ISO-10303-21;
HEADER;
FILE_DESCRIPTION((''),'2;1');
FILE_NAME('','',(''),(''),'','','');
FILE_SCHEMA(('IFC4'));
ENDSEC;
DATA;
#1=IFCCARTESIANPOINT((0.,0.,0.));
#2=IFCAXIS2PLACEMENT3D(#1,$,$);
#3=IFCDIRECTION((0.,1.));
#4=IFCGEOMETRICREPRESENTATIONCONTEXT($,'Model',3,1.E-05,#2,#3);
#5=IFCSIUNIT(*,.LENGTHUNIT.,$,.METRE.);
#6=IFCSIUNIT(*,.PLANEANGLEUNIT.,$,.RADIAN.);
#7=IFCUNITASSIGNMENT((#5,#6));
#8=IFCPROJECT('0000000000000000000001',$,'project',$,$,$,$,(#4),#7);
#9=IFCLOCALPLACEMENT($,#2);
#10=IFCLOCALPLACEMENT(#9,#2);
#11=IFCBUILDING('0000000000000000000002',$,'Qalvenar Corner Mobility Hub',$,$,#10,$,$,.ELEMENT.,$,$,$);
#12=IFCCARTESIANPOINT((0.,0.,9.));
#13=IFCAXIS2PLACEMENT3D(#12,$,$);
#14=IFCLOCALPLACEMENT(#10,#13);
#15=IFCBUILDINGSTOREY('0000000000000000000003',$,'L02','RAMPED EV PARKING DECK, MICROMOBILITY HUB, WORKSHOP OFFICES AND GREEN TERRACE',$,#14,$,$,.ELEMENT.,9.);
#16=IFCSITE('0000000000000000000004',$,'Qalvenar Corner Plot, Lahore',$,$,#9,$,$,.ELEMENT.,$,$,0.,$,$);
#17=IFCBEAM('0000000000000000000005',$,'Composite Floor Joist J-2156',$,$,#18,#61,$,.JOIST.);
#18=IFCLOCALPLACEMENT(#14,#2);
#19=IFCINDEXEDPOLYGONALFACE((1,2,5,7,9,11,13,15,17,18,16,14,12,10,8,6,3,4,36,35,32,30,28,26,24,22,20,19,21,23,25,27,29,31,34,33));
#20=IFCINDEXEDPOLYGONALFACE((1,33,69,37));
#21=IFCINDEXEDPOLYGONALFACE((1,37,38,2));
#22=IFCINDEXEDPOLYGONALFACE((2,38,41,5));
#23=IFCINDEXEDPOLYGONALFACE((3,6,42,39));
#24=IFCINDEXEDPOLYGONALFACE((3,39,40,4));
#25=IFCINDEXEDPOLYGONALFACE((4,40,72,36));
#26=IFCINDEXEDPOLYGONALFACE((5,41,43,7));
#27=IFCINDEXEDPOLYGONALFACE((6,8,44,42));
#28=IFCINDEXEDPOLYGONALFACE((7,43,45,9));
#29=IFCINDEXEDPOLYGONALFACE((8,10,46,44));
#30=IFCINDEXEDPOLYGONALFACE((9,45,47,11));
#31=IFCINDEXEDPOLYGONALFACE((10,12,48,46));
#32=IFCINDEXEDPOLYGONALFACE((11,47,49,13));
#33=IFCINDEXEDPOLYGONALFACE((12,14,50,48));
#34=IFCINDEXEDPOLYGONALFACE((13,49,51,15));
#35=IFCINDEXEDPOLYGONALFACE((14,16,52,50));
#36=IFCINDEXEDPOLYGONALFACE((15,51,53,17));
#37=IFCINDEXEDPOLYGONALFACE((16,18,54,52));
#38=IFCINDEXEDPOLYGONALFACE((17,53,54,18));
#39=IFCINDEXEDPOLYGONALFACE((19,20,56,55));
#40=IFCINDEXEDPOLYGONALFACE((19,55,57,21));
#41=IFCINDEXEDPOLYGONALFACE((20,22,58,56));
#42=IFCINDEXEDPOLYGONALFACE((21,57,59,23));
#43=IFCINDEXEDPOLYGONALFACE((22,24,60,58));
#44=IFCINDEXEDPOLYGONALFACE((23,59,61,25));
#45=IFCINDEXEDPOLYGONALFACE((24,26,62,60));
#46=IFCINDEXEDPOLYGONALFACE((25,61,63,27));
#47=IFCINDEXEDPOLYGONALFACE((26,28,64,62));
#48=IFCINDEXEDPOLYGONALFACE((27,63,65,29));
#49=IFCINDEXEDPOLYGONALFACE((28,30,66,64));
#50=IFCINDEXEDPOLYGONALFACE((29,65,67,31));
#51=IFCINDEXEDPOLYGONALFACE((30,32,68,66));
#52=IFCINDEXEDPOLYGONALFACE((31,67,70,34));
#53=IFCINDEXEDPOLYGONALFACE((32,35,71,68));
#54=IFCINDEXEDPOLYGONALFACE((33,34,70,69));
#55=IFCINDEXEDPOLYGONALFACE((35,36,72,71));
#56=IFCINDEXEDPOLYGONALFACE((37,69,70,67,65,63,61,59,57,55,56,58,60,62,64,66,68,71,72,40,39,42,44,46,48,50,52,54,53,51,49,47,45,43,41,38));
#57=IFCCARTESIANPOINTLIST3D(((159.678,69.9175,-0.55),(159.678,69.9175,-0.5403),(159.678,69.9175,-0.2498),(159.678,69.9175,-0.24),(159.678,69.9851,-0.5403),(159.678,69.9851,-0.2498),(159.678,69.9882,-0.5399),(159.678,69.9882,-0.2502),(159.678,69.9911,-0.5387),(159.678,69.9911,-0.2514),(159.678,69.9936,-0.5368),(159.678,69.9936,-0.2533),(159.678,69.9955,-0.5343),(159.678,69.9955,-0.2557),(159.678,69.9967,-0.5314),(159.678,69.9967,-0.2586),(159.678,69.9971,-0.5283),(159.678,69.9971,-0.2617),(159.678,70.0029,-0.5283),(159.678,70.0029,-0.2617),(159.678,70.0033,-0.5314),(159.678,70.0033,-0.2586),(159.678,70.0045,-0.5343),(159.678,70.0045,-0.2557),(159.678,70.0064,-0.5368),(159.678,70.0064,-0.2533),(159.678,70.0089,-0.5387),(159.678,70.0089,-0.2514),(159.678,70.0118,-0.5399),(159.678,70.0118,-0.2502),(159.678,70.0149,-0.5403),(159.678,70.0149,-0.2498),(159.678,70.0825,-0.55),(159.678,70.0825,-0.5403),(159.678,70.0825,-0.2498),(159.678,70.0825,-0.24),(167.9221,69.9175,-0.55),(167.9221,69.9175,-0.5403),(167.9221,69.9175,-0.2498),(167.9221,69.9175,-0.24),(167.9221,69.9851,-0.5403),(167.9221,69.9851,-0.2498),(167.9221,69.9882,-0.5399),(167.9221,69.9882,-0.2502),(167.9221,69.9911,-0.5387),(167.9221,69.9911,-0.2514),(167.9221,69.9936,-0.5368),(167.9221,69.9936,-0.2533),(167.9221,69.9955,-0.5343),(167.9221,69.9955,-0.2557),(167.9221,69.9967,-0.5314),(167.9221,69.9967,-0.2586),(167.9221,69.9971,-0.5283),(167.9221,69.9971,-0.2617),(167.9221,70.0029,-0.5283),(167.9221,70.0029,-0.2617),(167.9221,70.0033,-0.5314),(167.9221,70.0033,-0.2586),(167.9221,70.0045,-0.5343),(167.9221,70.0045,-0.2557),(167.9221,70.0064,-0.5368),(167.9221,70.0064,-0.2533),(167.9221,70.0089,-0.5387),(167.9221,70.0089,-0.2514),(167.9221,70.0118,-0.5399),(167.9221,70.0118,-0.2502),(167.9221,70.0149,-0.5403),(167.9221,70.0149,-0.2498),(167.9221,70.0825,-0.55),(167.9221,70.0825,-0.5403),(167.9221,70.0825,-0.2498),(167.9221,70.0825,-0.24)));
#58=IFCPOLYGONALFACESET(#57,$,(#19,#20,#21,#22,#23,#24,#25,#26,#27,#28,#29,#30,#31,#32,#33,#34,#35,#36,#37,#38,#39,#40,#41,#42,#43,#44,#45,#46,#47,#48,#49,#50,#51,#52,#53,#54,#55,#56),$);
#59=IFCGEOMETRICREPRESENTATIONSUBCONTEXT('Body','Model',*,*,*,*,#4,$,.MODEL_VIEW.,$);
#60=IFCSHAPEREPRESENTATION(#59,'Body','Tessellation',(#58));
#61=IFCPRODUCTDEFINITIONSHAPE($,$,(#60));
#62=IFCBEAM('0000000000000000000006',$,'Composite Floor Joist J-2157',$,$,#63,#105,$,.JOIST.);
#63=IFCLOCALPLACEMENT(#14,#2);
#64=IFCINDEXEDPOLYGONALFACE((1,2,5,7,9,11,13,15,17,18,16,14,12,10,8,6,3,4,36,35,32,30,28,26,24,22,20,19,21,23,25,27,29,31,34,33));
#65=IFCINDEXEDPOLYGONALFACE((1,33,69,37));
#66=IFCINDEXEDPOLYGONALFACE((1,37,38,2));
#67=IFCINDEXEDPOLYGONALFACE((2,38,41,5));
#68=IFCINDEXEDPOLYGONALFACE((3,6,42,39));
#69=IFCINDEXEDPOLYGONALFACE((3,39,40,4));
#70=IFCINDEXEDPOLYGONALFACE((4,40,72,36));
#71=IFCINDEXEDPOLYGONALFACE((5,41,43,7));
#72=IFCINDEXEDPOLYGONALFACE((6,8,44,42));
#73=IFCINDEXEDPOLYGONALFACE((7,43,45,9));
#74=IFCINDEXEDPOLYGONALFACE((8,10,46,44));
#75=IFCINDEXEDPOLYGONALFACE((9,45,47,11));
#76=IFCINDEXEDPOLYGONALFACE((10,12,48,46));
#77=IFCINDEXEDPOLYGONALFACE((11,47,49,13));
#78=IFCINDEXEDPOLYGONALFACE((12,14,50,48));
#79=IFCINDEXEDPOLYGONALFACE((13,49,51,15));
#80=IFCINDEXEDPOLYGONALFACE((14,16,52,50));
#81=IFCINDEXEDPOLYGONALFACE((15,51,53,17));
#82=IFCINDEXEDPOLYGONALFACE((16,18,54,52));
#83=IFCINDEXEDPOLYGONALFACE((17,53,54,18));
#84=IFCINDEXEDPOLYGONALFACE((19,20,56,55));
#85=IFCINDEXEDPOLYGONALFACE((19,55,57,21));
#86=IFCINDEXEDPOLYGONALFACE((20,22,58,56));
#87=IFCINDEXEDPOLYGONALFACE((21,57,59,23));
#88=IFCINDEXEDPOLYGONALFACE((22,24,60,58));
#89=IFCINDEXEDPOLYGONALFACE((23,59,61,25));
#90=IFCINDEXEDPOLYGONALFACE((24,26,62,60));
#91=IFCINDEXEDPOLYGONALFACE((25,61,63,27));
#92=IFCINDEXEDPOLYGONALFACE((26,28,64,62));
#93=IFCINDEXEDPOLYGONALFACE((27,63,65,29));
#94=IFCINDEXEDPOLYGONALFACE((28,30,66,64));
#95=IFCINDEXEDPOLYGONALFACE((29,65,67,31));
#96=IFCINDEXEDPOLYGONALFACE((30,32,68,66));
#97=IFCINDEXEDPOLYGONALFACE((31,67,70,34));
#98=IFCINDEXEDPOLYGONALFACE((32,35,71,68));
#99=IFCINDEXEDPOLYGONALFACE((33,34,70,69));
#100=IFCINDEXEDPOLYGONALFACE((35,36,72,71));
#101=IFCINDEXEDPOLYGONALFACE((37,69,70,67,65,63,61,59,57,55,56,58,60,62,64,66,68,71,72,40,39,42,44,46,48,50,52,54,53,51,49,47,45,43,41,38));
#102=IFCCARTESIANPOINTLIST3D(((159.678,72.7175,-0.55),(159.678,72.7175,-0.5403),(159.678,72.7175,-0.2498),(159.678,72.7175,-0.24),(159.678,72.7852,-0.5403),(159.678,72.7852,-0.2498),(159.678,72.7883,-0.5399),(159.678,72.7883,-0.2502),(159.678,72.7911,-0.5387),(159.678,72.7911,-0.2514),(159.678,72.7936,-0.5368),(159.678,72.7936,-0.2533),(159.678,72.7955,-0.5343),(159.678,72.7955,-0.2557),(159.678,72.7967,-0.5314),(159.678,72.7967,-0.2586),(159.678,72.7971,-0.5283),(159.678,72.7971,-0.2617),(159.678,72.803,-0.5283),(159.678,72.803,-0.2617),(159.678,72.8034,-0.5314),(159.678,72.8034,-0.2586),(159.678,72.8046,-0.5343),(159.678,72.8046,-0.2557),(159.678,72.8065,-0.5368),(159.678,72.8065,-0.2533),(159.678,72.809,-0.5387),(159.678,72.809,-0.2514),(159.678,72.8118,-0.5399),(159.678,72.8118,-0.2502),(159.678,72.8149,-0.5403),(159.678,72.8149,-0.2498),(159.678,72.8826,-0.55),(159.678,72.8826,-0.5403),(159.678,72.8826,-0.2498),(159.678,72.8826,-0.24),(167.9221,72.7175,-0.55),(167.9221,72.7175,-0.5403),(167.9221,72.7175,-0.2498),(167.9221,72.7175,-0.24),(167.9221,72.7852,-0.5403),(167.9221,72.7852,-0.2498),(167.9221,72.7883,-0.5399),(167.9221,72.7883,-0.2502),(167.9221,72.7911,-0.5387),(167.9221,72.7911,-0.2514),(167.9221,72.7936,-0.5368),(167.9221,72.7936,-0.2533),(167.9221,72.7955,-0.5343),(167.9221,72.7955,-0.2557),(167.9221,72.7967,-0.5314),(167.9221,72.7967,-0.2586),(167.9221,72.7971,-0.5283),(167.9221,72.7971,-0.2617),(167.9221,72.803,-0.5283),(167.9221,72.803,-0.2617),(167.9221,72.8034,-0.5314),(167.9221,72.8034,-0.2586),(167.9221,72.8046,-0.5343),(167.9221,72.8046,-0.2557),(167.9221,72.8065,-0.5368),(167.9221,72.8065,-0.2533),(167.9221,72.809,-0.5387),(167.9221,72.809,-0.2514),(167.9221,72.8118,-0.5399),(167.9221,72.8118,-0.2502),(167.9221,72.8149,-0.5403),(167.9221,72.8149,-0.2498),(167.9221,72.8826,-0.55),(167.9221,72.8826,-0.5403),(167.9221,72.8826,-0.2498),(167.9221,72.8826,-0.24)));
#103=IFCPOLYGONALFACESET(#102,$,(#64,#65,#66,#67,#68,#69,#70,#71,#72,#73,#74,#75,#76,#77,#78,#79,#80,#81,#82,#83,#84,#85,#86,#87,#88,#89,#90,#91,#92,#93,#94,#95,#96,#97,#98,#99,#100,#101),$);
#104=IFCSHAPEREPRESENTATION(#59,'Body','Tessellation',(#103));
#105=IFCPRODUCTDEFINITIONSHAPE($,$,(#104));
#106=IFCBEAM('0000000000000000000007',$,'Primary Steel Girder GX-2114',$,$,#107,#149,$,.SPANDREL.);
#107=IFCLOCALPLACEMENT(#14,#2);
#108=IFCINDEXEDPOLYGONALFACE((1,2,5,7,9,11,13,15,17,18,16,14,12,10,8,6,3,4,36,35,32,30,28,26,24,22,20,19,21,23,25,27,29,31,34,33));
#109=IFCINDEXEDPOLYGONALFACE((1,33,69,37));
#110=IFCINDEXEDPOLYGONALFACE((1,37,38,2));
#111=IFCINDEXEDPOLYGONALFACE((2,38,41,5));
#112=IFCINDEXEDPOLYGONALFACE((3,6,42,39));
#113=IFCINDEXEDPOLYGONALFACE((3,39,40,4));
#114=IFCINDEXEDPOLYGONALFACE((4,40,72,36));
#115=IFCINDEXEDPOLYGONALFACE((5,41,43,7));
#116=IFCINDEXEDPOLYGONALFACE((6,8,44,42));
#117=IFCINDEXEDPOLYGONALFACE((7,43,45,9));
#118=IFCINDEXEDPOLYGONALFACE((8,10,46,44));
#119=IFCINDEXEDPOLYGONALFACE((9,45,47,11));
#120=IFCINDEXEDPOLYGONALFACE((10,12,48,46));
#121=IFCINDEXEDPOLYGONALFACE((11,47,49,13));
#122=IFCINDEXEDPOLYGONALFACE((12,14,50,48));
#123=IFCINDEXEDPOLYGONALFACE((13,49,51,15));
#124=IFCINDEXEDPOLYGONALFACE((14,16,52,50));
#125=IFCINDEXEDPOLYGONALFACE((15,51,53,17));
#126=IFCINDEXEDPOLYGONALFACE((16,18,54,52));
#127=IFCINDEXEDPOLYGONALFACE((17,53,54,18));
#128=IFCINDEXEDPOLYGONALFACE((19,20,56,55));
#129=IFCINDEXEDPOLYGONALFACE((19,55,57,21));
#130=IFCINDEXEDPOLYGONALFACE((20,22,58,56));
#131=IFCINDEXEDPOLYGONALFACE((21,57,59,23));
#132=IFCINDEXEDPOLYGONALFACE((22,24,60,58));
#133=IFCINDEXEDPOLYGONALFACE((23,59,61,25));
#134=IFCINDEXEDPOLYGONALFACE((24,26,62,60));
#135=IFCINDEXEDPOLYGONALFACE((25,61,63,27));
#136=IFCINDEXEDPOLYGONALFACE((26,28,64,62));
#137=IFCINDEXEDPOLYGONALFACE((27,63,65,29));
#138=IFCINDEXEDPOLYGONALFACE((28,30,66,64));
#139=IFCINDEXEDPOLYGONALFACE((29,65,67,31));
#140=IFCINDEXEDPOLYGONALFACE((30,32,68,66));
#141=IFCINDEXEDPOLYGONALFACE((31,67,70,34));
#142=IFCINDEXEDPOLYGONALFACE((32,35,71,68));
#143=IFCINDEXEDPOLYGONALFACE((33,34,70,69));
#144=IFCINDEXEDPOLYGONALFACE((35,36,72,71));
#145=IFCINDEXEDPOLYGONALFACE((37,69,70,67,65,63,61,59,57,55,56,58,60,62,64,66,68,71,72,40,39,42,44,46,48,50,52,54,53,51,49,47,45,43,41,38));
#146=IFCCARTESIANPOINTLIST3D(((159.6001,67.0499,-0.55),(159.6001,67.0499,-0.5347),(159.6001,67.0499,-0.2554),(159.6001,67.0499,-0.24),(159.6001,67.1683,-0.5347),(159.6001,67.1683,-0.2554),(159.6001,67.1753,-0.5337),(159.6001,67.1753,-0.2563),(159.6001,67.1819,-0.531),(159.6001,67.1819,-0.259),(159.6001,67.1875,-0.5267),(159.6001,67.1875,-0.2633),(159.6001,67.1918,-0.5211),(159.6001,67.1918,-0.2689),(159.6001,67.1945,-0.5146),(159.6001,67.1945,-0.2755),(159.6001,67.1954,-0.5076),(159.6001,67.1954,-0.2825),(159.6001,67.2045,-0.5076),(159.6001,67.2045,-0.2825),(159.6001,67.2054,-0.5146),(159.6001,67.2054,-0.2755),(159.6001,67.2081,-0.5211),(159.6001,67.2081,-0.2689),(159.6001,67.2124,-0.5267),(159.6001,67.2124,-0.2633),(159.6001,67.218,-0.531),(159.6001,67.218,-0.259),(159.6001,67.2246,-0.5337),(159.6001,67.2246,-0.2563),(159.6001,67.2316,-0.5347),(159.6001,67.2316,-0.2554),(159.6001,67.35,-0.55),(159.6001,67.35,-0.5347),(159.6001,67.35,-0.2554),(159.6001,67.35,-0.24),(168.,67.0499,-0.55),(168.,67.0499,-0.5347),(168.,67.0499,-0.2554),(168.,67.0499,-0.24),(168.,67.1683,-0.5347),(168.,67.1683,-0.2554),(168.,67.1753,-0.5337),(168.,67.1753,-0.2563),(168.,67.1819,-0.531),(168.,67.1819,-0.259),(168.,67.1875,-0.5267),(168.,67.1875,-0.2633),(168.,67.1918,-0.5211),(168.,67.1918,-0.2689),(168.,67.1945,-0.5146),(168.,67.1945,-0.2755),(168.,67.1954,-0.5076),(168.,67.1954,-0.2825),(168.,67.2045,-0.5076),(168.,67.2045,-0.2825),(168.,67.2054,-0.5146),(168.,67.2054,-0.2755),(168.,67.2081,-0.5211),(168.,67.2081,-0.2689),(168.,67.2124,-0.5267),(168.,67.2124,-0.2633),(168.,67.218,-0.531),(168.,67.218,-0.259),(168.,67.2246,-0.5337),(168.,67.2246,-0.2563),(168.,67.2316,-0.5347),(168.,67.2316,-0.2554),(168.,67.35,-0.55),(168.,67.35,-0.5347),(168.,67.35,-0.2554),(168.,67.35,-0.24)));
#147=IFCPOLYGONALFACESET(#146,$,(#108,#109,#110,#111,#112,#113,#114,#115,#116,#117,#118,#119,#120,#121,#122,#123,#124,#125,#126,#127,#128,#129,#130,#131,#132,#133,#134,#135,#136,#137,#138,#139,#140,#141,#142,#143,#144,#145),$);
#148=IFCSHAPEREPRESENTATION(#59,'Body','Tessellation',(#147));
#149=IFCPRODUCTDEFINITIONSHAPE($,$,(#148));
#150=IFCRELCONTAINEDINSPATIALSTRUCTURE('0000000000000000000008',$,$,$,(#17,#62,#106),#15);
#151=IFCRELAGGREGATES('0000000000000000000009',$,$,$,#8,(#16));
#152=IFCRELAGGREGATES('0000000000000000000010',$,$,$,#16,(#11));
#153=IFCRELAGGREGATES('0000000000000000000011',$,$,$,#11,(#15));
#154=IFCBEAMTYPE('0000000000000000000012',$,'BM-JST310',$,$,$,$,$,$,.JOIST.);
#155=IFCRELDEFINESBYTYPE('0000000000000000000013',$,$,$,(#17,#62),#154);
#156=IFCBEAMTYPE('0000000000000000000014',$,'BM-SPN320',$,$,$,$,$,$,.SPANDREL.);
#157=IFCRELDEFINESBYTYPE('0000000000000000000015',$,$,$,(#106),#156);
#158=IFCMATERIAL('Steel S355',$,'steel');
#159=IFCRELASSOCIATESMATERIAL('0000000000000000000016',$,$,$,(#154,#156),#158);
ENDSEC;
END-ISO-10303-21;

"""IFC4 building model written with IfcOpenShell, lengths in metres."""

from ifc_helpers import new_model, si_unit, direction, frame, origin, origin_2d, place, context, subcontext, project, spatial, i_section, extrude, material, material_profile, profile_set, type_object, element, save


model = new_model("IFC4")

# Units and contexts
model_context = context("Model", 3, precision=1e-05, world=origin(), true_north=direction((0.0, 1.0)))
body_context = subcontext(model_context, "Body", "Model", "MODEL_VIEW")
ifc_project = project(units=[si_unit("LENGTHUNIT", "METRE"), si_unit("PLANEANGLEUNIT", "RADIAN")], contexts=[model_context])

# Site, building, storey
site_placement = place(None, origin())
site = spatial("IfcSite", under=ifc_project, at=site_placement, Name="Qalvenar Corner Plot, Lahore", CompositionType="ELEMENT", RefElevation=0.0)
building_placement = place(site_placement, origin())
building = spatial("IfcBuilding", under=site, at=building_placement, Name="Qalvenar Corner Mobility Hub", CompositionType="ELEMENT")
storey_placement = place(building_placement, frame((0.0, 0.0, 9.0)))
storey = spatial("IfcBuildingStorey", under=building, at=storey_placement, Name="L02", Description="RAMPED EV PARKING DECK, MICROMOBILITY HUB, WORKSHOP OFFICES AND GREEN TERRACE", CompositionType="ELEMENT", Elevation=9.0)

# Shared definitions
ifc_material_1 = material(Name="Steel S355", Category="steel")

# Beams
ifc_material_profile_1 = material_profile(ifc_material_1, i_section(OverallWidth=0.165, OverallDepth=0.3101, WebThickness=0.0059, FlangeThickness=0.0098, FilletRadius=0.012, at=origin_2d()), Name="W310x38.7")
ifc_profile_set_1 = profile_set([ifc_material_profile_1], Name="Steel S355")
beam_type_1 = type_object("IfcBeamType", Name="BM-JST310", PredefinedType="JOIST", material=ifc_profile_set_1)
for number, where, z_axis, x_axis, name in (
    (1, (159.678, 70.0, -0.395), (1.0, 0.0, 0.0), (0.0, 1.0, 0.0), "Composite Floor Joist J-2156"),
    (2, (159.678, 72.8, -0.395), (1.0, 0.0, 0.0), (0.0, 1.0, 0.0), "Composite Floor Joist J-2157"),
):
    element("IfcBeam", number, at=place(storey_placement, frame(where, z_axis=z_axis, x_axis=x_axis)), inside=storey, type_object=beam_type_1, Name=name, PredefinedType="JOIST", context=body_context, shape_type="SweptSolid", body=[
        extrude(i_section(OverallWidth=0.165, OverallDepth=0.3101, WebThickness=0.0059, FlangeThickness=0.0098, FilletRadius=0.012, at=origin_2d()), origin(), (0.0, 0.0, 1.0), 8.2441),
    ])
ifc_material_profile_2 = material_profile(ifc_material_1, i_section(OverallWidth=0.3, OverallDepth=0.3101, WebThickness=0.009, FlangeThickness=0.0154, FilletRadius=0.0271, at=origin_2d()), Name="HEA320")
ifc_profile_set_2 = profile_set([ifc_material_profile_2], Name="Steel S355")
beam_type_2 = type_object("IfcBeamType", Name="BM-SPN320", PredefinedType="SPANDREL", material=ifc_profile_set_2)
beam_1_placement = place(storey_placement, frame((159.6001, 67.2, -0.395), z_axis=(1.0, 0.0, 0.0), x_axis=(0.0, 1.0, 0.0)))
element("IfcBeam", 3, at=beam_1_placement, inside=storey, type_object=beam_type_2, Name="Primary Steel Girder GX-2114", PredefinedType="SPANDREL", context=body_context, shape_type="SweptSolid", body=[
    extrude(i_section(OverallWidth=0.3, OverallDepth=0.3101, WebThickness=0.009, FlangeThickness=0.0154, FilletRadius=0.0271, at=origin_2d()), origin(), (0.0, 0.0, 1.0), 8.3999),
])

save(model, "model.ifc")
